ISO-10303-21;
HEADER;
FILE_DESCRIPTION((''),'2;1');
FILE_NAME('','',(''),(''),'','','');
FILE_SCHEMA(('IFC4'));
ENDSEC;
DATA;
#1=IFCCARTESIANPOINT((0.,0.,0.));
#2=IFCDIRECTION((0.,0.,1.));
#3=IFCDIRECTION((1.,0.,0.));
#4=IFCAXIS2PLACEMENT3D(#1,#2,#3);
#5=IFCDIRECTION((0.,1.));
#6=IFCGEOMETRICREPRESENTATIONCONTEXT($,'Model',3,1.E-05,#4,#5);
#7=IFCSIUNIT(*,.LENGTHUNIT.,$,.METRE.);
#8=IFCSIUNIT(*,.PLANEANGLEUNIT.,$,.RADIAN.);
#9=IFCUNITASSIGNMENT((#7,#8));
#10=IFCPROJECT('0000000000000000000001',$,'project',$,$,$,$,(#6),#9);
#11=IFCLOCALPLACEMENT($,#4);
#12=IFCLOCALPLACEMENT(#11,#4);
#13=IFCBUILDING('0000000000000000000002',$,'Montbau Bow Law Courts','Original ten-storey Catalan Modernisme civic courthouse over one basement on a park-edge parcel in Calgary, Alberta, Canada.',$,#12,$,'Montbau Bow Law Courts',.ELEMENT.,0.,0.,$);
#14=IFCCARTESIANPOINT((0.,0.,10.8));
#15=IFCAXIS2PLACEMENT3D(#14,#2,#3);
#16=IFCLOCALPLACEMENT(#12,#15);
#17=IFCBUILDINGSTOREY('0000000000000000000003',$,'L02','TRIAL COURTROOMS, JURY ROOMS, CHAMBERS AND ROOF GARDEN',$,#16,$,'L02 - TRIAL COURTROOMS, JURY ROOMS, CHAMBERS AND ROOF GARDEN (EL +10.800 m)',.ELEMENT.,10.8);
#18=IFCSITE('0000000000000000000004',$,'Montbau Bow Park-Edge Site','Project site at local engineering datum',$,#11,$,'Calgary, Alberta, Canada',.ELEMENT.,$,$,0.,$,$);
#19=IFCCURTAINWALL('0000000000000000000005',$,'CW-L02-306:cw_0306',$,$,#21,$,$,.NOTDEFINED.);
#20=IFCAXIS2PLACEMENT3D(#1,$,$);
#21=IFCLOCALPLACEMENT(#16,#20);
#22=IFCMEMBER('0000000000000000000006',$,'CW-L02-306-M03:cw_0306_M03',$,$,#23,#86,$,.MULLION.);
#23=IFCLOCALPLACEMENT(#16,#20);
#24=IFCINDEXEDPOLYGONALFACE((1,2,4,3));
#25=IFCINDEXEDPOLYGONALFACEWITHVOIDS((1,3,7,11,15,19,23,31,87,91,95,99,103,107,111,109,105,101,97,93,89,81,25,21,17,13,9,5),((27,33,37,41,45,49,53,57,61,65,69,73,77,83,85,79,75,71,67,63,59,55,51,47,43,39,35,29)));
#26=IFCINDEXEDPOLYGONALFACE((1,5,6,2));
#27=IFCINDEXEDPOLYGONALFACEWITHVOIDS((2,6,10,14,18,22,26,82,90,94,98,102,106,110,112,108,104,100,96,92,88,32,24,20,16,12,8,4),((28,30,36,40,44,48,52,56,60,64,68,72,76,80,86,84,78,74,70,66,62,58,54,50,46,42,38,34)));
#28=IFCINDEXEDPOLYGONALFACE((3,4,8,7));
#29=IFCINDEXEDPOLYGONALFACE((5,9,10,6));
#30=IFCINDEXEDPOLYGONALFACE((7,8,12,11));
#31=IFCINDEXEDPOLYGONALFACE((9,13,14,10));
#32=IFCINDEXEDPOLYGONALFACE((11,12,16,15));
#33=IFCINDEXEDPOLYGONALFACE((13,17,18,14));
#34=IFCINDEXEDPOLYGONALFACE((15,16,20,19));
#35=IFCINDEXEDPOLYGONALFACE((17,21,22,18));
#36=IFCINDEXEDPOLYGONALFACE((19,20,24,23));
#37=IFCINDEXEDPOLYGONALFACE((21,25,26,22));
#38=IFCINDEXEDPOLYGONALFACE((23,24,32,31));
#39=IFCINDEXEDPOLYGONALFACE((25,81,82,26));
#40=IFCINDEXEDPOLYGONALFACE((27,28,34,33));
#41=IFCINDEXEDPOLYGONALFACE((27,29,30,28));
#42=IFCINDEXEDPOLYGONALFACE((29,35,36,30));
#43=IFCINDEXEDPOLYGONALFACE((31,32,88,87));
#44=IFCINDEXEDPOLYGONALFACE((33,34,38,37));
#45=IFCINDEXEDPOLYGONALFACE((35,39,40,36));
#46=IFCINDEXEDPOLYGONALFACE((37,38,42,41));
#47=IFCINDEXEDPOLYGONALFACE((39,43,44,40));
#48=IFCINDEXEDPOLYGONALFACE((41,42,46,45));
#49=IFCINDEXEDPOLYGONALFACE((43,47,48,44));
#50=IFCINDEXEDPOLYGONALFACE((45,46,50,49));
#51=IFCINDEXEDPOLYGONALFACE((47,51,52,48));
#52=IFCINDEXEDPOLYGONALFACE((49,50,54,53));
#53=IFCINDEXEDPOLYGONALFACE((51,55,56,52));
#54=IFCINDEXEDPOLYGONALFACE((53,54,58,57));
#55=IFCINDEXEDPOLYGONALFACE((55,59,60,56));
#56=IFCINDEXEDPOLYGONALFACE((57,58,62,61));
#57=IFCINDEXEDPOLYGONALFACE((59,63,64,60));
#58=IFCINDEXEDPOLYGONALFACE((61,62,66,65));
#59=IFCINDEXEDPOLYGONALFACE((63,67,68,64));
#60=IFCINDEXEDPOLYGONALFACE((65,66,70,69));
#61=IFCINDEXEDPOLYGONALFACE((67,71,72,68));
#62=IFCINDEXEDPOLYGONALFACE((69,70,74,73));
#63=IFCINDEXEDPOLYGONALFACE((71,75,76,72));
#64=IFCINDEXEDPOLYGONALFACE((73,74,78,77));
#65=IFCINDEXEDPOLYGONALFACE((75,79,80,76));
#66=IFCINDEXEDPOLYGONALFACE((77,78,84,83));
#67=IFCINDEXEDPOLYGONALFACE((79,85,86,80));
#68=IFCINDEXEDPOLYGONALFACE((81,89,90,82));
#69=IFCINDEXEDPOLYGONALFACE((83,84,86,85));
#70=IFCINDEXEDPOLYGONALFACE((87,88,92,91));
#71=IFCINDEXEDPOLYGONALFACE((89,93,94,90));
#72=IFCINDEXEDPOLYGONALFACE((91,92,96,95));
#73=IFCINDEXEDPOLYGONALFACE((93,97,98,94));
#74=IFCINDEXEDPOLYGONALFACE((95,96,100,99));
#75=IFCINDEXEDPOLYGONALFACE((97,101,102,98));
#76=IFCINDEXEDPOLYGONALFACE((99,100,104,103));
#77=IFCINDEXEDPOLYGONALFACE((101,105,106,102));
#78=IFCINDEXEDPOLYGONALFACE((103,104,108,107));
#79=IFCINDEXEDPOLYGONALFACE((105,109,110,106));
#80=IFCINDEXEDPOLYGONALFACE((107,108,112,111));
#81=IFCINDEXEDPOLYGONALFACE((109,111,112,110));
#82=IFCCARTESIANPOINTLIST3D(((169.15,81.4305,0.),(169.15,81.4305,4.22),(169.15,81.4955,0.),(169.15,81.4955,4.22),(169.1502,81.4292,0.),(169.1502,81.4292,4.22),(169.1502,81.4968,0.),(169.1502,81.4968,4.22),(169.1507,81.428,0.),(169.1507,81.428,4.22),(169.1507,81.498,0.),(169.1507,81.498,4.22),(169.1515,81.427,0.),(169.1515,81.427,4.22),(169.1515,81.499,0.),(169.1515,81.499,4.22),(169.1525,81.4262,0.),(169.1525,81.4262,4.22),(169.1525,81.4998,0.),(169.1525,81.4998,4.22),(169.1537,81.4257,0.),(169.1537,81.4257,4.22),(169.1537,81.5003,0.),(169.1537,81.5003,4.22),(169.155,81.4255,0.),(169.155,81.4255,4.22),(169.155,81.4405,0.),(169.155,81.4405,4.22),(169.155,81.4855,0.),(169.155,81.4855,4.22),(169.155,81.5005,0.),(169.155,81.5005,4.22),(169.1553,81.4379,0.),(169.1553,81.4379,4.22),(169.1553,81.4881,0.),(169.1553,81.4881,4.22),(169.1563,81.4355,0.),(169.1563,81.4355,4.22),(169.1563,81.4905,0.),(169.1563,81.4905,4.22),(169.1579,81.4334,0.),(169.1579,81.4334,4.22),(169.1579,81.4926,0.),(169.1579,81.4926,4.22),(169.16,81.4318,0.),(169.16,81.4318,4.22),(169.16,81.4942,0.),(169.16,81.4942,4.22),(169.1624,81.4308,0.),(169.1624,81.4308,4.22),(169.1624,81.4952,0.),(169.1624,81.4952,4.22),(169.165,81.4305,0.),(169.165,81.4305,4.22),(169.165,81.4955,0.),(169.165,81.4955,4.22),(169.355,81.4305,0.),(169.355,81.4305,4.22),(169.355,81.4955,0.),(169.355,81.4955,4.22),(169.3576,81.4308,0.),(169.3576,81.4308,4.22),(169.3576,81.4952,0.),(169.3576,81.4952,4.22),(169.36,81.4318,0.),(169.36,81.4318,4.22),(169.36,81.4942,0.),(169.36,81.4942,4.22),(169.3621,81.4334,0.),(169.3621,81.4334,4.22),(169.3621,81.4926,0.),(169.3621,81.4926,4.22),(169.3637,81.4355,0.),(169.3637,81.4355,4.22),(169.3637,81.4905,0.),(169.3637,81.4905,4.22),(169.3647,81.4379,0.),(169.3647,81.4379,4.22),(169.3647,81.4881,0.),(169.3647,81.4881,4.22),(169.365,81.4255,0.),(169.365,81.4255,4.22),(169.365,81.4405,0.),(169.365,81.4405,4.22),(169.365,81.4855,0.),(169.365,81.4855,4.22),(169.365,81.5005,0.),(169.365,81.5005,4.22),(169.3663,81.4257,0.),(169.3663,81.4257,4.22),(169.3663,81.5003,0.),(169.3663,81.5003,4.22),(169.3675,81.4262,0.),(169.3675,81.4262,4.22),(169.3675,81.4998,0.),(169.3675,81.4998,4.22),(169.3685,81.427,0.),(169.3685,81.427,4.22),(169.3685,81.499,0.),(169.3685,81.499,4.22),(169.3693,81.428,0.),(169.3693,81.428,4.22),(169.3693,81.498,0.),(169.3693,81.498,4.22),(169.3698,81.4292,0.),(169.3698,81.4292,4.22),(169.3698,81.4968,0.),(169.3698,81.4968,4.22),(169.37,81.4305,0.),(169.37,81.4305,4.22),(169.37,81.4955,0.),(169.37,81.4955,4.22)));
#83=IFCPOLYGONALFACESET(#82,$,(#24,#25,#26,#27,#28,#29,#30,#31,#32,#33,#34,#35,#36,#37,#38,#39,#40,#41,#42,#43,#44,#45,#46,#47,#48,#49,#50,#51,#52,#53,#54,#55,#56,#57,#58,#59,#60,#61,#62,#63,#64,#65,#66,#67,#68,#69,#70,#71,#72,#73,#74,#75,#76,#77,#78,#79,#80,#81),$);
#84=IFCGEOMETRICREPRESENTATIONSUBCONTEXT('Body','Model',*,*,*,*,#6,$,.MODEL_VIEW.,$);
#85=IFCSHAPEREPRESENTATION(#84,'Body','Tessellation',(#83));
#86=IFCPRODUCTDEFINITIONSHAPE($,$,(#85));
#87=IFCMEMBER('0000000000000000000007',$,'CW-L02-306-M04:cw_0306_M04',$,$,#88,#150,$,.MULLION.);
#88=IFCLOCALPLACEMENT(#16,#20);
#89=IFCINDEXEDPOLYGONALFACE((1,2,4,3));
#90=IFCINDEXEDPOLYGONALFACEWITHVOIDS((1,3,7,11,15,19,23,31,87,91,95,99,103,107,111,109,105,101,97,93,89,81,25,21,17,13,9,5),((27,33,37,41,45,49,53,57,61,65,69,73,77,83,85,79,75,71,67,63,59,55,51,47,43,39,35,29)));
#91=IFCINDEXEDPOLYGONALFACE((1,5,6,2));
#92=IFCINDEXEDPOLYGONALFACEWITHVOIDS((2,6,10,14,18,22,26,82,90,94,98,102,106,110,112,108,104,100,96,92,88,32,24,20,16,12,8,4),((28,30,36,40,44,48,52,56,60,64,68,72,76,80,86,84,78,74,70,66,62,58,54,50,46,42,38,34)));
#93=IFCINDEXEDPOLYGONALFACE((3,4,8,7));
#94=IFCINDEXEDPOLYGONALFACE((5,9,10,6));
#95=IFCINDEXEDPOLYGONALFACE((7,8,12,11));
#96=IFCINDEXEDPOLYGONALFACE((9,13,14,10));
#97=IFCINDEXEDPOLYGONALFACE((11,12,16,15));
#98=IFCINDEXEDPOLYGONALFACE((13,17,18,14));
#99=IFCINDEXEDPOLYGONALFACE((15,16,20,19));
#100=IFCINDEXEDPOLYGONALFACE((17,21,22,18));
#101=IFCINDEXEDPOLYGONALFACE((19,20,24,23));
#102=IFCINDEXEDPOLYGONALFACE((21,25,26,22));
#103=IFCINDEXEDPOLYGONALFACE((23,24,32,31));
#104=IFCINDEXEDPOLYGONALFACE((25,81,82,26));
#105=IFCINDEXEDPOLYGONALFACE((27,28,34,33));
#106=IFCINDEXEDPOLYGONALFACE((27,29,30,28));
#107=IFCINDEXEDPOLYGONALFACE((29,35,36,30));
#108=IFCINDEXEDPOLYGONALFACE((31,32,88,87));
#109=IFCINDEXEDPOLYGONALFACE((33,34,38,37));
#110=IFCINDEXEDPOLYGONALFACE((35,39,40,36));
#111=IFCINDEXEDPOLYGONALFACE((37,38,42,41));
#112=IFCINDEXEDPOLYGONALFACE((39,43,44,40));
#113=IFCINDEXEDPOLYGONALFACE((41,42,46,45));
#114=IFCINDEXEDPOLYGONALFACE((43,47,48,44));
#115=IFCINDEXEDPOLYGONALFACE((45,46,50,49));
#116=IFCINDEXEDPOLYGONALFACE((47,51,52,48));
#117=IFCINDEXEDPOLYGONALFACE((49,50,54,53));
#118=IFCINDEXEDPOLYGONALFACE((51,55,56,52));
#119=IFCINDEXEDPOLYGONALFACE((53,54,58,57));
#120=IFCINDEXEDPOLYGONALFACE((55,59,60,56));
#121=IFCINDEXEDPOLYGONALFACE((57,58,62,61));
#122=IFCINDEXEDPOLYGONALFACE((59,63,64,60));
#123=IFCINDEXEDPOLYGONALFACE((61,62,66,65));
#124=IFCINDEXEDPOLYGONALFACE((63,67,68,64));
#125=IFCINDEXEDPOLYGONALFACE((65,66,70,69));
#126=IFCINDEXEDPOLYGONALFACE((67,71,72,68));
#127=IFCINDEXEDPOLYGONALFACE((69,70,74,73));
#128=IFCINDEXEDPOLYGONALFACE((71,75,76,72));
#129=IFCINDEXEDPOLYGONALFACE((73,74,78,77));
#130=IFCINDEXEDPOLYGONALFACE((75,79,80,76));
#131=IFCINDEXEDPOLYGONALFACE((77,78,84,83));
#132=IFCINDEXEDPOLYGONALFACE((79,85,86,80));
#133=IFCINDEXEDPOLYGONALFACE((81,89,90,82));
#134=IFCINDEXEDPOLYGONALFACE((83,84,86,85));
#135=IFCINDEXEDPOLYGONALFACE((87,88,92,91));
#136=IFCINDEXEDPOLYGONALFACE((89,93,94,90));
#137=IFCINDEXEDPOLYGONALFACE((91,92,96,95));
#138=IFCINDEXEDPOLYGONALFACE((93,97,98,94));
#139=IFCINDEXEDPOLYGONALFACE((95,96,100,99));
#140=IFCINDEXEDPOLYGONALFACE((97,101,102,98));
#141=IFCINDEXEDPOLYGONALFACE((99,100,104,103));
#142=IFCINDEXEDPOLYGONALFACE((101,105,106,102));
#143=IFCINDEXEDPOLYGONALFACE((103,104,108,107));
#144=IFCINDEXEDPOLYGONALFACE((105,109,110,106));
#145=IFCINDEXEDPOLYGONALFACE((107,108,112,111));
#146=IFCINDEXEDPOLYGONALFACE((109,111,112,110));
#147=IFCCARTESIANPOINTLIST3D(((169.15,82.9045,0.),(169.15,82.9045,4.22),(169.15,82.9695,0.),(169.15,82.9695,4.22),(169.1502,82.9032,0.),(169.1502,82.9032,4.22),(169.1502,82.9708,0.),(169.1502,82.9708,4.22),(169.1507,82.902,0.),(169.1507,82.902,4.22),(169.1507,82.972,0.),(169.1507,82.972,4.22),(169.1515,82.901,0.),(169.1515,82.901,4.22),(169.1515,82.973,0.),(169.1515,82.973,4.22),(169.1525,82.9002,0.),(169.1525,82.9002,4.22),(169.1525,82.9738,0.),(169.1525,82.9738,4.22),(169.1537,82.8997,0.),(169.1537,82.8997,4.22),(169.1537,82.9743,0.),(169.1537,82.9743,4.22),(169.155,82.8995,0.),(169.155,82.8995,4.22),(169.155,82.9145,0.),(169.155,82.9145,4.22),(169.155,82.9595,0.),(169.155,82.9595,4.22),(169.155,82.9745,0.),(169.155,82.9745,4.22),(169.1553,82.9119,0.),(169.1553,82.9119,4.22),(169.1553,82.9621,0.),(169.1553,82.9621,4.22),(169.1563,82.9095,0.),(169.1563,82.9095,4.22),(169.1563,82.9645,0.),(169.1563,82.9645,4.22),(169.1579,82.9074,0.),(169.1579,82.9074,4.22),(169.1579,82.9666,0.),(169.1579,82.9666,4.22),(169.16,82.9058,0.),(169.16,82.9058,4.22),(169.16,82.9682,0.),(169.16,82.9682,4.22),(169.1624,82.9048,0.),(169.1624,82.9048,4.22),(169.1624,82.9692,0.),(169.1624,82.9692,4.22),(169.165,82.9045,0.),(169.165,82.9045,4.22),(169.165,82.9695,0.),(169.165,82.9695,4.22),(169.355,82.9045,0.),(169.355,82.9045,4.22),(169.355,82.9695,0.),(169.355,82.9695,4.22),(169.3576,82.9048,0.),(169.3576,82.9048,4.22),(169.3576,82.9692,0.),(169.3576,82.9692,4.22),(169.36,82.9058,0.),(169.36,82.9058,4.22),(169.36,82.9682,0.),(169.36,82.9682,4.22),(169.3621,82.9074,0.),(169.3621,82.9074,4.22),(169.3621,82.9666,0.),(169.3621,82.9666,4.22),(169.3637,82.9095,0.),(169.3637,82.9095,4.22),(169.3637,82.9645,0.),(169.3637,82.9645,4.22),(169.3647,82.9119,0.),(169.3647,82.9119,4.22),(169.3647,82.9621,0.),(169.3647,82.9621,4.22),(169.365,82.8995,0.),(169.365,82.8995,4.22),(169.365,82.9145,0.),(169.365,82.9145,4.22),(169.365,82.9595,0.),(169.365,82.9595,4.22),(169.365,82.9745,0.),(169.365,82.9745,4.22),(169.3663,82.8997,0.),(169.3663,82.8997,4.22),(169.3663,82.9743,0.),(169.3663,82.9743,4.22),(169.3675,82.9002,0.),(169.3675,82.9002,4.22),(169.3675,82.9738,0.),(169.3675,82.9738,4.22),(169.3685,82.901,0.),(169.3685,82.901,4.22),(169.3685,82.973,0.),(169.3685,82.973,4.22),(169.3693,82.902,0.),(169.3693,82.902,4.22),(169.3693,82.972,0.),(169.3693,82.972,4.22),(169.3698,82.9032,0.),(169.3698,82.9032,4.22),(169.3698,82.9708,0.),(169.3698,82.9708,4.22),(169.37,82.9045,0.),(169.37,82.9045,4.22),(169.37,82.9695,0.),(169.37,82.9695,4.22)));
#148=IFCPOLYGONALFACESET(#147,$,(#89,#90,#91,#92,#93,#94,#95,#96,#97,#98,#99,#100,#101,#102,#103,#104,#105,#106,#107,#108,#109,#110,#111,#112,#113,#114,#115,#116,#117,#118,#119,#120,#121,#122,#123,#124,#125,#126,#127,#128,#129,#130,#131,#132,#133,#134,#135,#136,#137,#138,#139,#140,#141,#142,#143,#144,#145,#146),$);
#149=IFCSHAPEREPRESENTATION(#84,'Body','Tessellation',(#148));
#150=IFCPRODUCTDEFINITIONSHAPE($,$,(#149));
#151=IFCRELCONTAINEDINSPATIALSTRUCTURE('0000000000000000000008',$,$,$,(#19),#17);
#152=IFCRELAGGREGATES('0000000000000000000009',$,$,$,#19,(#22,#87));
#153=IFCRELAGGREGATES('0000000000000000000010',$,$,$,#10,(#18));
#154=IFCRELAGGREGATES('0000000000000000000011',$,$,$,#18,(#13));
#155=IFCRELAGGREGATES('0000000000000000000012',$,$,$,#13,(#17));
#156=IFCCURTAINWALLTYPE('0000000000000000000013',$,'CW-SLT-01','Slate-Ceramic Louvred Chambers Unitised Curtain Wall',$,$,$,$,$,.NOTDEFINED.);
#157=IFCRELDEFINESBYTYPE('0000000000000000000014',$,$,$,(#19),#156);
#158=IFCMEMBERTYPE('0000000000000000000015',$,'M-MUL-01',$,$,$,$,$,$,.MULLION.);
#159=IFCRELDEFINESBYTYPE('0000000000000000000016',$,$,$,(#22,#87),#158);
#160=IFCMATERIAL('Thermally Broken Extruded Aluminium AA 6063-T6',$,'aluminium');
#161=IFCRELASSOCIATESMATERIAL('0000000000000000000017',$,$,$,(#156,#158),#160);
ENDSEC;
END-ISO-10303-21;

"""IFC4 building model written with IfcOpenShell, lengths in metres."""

from ifc_helpers import new_model, si_unit, direction, frame, origin_with_axes, origin_2d_with_axis, place, context, subcontext, project, spatial, hollow_rectangle, extrude, material, material_profile, profile_set, type_object, element, aggregate, save


model = new_model("IFC4")

# Units and contexts
model_context = context("Model", 3, precision=1e-05, world=origin_with_axes(), true_north=direction((0.0, 1.0)))
body_context = subcontext(model_context, "Body", "Model", "MODEL_VIEW")
ifc_project = project(units=[si_unit("LENGTHUNIT", "METRE"), si_unit("PLANEANGLEUNIT", "RADIAN")], contexts=[model_context])

# Site, building, storey
site_placement = place(None, origin_with_axes())
site = spatial("IfcSite", under=ifc_project, at=site_placement, Name="Montbau Bow Park-Edge Site", Description="Project site at local engineering datum", LongName="Calgary, Alberta, Canada", CompositionType="ELEMENT", RefElevation=0.0)
building_placement = place(site_placement, origin_with_axes())
building = spatial("IfcBuilding", under=site, at=building_placement, Name="Montbau Bow Law Courts", Description="Original ten-storey Catalan Modernisme civic courthouse over one basement on a park-edge parcel in Calgary, Alberta, Canada.", LongName="Montbau Bow Law Courts", CompositionType="ELEMENT", ElevationOfRefHeight=0.0, ElevationOfTerrain=0.0)
storey_placement = place(building_placement, frame((0.0, 0.0, 10.8), z_axis=(0.0, 0.0, 1.0), x_axis=(1.0, 0.0, 0.0)))
storey = spatial("IfcBuildingStorey", under=building, at=storey_placement, Name="L02", Description="TRIAL COURTROOMS, JURY ROOMS, CHAMBERS AND ROOF GARDEN", LongName="L02 - TRIAL COURTROOMS, JURY ROOMS, CHAMBERS AND ROOF GARDEN (EL +10.800 m)", CompositionType="ELEMENT", Elevation=10.8)

# Curtain wall, members
ifc_material_1 = material(Name="Thermally Broken Extruded Aluminium AA 6063-T6", Category="aluminium")
curtain_wall_type = type_object("IfcCurtainWallType", Name="CW-SLT-01", Description="Slate-Ceramic Louvred Chambers Unitised Curtain Wall", PredefinedType="NOTDEFINED", material=ifc_material_1)
curtain_wall_1_placement = place(None, frame((169.26, 78.515, 10.8), z_axis=(0.0, 0.0, 1.0), x_axis=(1.0, 0.0, 0.0)))
curtain_wall_1 = element("IfcCurtainWall", 1, at=curtain_wall_1_placement, inside=storey, type_object=curtain_wall_type, Name="CW-L02-306:cw_0306", PredefinedType="NOTDEFINED")
ifc_material_profile_1 = material_profile(ifc_material_1, hollow_rectangle(XDim=0.075, YDim=0.22, WallThickness=0.005, InnerFilletRadius=0.01, OuterFilletRadius=0.005, at=origin_2d_with_axis()), Name="CWM-220X75", Category="Main", Priority=0)
ifc_profile_set_1 = profile_set([ifc_material_profile_1], Name="Thermally Broken Extruded Aluminium AA 6063-T6")
member_type_1 = type_object("IfcMemberType", Name="M-MUL-01", PredefinedType="MULLION", material=ifc_profile_set_1)
member_1_placement = place(None, frame((169.26, 81.463, 10.8), z_axis=(0.0, 0.0, 1.0), x_axis=(0.0, 1.0, 0.0)))
member_1 = element("IfcMember", 2, at=member_1_placement, type_object=member_type_1, Name="CW-L02-306-M03:cw_0306_M03", PredefinedType="MULLION", context=body_context, shape_type="SweptSolid", body=[
    extrude(hollow_rectangle(XDim=0.075, YDim=0.22, WallThickness=0.005, InnerFilletRadius=0.01, OuterFilletRadius=0.005, at=origin_2d_with_axis()), origin_with_axes(), (0.0, 0.0, 1.0), 4.22),
])
member_2_placement = place(None, frame((169.26, 82.937, 10.8), z_axis=(0.0, 0.0, 1.0), x_axis=(0.0, 1.0, 0.0)))
member_2 = element("IfcMember", 3, at=member_2_placement, type_object=member_type_1, Name="CW-L02-306-M04:cw_0306_M04", PredefinedType="MULLION", context=body_context, shape_type="SweptSolid", body=[
    extrude(hollow_rectangle(XDim=0.075, YDim=0.22, WallThickness=0.005, InnerFilletRadius=0.01, OuterFilletRadius=0.005, at=origin_2d_with_axis()), origin_with_axes(), (0.0, 0.0, 1.0), 4.22),
])

aggregate(curtain_wall_1, [member_1, member_2])

save(model, "model.ifc")
